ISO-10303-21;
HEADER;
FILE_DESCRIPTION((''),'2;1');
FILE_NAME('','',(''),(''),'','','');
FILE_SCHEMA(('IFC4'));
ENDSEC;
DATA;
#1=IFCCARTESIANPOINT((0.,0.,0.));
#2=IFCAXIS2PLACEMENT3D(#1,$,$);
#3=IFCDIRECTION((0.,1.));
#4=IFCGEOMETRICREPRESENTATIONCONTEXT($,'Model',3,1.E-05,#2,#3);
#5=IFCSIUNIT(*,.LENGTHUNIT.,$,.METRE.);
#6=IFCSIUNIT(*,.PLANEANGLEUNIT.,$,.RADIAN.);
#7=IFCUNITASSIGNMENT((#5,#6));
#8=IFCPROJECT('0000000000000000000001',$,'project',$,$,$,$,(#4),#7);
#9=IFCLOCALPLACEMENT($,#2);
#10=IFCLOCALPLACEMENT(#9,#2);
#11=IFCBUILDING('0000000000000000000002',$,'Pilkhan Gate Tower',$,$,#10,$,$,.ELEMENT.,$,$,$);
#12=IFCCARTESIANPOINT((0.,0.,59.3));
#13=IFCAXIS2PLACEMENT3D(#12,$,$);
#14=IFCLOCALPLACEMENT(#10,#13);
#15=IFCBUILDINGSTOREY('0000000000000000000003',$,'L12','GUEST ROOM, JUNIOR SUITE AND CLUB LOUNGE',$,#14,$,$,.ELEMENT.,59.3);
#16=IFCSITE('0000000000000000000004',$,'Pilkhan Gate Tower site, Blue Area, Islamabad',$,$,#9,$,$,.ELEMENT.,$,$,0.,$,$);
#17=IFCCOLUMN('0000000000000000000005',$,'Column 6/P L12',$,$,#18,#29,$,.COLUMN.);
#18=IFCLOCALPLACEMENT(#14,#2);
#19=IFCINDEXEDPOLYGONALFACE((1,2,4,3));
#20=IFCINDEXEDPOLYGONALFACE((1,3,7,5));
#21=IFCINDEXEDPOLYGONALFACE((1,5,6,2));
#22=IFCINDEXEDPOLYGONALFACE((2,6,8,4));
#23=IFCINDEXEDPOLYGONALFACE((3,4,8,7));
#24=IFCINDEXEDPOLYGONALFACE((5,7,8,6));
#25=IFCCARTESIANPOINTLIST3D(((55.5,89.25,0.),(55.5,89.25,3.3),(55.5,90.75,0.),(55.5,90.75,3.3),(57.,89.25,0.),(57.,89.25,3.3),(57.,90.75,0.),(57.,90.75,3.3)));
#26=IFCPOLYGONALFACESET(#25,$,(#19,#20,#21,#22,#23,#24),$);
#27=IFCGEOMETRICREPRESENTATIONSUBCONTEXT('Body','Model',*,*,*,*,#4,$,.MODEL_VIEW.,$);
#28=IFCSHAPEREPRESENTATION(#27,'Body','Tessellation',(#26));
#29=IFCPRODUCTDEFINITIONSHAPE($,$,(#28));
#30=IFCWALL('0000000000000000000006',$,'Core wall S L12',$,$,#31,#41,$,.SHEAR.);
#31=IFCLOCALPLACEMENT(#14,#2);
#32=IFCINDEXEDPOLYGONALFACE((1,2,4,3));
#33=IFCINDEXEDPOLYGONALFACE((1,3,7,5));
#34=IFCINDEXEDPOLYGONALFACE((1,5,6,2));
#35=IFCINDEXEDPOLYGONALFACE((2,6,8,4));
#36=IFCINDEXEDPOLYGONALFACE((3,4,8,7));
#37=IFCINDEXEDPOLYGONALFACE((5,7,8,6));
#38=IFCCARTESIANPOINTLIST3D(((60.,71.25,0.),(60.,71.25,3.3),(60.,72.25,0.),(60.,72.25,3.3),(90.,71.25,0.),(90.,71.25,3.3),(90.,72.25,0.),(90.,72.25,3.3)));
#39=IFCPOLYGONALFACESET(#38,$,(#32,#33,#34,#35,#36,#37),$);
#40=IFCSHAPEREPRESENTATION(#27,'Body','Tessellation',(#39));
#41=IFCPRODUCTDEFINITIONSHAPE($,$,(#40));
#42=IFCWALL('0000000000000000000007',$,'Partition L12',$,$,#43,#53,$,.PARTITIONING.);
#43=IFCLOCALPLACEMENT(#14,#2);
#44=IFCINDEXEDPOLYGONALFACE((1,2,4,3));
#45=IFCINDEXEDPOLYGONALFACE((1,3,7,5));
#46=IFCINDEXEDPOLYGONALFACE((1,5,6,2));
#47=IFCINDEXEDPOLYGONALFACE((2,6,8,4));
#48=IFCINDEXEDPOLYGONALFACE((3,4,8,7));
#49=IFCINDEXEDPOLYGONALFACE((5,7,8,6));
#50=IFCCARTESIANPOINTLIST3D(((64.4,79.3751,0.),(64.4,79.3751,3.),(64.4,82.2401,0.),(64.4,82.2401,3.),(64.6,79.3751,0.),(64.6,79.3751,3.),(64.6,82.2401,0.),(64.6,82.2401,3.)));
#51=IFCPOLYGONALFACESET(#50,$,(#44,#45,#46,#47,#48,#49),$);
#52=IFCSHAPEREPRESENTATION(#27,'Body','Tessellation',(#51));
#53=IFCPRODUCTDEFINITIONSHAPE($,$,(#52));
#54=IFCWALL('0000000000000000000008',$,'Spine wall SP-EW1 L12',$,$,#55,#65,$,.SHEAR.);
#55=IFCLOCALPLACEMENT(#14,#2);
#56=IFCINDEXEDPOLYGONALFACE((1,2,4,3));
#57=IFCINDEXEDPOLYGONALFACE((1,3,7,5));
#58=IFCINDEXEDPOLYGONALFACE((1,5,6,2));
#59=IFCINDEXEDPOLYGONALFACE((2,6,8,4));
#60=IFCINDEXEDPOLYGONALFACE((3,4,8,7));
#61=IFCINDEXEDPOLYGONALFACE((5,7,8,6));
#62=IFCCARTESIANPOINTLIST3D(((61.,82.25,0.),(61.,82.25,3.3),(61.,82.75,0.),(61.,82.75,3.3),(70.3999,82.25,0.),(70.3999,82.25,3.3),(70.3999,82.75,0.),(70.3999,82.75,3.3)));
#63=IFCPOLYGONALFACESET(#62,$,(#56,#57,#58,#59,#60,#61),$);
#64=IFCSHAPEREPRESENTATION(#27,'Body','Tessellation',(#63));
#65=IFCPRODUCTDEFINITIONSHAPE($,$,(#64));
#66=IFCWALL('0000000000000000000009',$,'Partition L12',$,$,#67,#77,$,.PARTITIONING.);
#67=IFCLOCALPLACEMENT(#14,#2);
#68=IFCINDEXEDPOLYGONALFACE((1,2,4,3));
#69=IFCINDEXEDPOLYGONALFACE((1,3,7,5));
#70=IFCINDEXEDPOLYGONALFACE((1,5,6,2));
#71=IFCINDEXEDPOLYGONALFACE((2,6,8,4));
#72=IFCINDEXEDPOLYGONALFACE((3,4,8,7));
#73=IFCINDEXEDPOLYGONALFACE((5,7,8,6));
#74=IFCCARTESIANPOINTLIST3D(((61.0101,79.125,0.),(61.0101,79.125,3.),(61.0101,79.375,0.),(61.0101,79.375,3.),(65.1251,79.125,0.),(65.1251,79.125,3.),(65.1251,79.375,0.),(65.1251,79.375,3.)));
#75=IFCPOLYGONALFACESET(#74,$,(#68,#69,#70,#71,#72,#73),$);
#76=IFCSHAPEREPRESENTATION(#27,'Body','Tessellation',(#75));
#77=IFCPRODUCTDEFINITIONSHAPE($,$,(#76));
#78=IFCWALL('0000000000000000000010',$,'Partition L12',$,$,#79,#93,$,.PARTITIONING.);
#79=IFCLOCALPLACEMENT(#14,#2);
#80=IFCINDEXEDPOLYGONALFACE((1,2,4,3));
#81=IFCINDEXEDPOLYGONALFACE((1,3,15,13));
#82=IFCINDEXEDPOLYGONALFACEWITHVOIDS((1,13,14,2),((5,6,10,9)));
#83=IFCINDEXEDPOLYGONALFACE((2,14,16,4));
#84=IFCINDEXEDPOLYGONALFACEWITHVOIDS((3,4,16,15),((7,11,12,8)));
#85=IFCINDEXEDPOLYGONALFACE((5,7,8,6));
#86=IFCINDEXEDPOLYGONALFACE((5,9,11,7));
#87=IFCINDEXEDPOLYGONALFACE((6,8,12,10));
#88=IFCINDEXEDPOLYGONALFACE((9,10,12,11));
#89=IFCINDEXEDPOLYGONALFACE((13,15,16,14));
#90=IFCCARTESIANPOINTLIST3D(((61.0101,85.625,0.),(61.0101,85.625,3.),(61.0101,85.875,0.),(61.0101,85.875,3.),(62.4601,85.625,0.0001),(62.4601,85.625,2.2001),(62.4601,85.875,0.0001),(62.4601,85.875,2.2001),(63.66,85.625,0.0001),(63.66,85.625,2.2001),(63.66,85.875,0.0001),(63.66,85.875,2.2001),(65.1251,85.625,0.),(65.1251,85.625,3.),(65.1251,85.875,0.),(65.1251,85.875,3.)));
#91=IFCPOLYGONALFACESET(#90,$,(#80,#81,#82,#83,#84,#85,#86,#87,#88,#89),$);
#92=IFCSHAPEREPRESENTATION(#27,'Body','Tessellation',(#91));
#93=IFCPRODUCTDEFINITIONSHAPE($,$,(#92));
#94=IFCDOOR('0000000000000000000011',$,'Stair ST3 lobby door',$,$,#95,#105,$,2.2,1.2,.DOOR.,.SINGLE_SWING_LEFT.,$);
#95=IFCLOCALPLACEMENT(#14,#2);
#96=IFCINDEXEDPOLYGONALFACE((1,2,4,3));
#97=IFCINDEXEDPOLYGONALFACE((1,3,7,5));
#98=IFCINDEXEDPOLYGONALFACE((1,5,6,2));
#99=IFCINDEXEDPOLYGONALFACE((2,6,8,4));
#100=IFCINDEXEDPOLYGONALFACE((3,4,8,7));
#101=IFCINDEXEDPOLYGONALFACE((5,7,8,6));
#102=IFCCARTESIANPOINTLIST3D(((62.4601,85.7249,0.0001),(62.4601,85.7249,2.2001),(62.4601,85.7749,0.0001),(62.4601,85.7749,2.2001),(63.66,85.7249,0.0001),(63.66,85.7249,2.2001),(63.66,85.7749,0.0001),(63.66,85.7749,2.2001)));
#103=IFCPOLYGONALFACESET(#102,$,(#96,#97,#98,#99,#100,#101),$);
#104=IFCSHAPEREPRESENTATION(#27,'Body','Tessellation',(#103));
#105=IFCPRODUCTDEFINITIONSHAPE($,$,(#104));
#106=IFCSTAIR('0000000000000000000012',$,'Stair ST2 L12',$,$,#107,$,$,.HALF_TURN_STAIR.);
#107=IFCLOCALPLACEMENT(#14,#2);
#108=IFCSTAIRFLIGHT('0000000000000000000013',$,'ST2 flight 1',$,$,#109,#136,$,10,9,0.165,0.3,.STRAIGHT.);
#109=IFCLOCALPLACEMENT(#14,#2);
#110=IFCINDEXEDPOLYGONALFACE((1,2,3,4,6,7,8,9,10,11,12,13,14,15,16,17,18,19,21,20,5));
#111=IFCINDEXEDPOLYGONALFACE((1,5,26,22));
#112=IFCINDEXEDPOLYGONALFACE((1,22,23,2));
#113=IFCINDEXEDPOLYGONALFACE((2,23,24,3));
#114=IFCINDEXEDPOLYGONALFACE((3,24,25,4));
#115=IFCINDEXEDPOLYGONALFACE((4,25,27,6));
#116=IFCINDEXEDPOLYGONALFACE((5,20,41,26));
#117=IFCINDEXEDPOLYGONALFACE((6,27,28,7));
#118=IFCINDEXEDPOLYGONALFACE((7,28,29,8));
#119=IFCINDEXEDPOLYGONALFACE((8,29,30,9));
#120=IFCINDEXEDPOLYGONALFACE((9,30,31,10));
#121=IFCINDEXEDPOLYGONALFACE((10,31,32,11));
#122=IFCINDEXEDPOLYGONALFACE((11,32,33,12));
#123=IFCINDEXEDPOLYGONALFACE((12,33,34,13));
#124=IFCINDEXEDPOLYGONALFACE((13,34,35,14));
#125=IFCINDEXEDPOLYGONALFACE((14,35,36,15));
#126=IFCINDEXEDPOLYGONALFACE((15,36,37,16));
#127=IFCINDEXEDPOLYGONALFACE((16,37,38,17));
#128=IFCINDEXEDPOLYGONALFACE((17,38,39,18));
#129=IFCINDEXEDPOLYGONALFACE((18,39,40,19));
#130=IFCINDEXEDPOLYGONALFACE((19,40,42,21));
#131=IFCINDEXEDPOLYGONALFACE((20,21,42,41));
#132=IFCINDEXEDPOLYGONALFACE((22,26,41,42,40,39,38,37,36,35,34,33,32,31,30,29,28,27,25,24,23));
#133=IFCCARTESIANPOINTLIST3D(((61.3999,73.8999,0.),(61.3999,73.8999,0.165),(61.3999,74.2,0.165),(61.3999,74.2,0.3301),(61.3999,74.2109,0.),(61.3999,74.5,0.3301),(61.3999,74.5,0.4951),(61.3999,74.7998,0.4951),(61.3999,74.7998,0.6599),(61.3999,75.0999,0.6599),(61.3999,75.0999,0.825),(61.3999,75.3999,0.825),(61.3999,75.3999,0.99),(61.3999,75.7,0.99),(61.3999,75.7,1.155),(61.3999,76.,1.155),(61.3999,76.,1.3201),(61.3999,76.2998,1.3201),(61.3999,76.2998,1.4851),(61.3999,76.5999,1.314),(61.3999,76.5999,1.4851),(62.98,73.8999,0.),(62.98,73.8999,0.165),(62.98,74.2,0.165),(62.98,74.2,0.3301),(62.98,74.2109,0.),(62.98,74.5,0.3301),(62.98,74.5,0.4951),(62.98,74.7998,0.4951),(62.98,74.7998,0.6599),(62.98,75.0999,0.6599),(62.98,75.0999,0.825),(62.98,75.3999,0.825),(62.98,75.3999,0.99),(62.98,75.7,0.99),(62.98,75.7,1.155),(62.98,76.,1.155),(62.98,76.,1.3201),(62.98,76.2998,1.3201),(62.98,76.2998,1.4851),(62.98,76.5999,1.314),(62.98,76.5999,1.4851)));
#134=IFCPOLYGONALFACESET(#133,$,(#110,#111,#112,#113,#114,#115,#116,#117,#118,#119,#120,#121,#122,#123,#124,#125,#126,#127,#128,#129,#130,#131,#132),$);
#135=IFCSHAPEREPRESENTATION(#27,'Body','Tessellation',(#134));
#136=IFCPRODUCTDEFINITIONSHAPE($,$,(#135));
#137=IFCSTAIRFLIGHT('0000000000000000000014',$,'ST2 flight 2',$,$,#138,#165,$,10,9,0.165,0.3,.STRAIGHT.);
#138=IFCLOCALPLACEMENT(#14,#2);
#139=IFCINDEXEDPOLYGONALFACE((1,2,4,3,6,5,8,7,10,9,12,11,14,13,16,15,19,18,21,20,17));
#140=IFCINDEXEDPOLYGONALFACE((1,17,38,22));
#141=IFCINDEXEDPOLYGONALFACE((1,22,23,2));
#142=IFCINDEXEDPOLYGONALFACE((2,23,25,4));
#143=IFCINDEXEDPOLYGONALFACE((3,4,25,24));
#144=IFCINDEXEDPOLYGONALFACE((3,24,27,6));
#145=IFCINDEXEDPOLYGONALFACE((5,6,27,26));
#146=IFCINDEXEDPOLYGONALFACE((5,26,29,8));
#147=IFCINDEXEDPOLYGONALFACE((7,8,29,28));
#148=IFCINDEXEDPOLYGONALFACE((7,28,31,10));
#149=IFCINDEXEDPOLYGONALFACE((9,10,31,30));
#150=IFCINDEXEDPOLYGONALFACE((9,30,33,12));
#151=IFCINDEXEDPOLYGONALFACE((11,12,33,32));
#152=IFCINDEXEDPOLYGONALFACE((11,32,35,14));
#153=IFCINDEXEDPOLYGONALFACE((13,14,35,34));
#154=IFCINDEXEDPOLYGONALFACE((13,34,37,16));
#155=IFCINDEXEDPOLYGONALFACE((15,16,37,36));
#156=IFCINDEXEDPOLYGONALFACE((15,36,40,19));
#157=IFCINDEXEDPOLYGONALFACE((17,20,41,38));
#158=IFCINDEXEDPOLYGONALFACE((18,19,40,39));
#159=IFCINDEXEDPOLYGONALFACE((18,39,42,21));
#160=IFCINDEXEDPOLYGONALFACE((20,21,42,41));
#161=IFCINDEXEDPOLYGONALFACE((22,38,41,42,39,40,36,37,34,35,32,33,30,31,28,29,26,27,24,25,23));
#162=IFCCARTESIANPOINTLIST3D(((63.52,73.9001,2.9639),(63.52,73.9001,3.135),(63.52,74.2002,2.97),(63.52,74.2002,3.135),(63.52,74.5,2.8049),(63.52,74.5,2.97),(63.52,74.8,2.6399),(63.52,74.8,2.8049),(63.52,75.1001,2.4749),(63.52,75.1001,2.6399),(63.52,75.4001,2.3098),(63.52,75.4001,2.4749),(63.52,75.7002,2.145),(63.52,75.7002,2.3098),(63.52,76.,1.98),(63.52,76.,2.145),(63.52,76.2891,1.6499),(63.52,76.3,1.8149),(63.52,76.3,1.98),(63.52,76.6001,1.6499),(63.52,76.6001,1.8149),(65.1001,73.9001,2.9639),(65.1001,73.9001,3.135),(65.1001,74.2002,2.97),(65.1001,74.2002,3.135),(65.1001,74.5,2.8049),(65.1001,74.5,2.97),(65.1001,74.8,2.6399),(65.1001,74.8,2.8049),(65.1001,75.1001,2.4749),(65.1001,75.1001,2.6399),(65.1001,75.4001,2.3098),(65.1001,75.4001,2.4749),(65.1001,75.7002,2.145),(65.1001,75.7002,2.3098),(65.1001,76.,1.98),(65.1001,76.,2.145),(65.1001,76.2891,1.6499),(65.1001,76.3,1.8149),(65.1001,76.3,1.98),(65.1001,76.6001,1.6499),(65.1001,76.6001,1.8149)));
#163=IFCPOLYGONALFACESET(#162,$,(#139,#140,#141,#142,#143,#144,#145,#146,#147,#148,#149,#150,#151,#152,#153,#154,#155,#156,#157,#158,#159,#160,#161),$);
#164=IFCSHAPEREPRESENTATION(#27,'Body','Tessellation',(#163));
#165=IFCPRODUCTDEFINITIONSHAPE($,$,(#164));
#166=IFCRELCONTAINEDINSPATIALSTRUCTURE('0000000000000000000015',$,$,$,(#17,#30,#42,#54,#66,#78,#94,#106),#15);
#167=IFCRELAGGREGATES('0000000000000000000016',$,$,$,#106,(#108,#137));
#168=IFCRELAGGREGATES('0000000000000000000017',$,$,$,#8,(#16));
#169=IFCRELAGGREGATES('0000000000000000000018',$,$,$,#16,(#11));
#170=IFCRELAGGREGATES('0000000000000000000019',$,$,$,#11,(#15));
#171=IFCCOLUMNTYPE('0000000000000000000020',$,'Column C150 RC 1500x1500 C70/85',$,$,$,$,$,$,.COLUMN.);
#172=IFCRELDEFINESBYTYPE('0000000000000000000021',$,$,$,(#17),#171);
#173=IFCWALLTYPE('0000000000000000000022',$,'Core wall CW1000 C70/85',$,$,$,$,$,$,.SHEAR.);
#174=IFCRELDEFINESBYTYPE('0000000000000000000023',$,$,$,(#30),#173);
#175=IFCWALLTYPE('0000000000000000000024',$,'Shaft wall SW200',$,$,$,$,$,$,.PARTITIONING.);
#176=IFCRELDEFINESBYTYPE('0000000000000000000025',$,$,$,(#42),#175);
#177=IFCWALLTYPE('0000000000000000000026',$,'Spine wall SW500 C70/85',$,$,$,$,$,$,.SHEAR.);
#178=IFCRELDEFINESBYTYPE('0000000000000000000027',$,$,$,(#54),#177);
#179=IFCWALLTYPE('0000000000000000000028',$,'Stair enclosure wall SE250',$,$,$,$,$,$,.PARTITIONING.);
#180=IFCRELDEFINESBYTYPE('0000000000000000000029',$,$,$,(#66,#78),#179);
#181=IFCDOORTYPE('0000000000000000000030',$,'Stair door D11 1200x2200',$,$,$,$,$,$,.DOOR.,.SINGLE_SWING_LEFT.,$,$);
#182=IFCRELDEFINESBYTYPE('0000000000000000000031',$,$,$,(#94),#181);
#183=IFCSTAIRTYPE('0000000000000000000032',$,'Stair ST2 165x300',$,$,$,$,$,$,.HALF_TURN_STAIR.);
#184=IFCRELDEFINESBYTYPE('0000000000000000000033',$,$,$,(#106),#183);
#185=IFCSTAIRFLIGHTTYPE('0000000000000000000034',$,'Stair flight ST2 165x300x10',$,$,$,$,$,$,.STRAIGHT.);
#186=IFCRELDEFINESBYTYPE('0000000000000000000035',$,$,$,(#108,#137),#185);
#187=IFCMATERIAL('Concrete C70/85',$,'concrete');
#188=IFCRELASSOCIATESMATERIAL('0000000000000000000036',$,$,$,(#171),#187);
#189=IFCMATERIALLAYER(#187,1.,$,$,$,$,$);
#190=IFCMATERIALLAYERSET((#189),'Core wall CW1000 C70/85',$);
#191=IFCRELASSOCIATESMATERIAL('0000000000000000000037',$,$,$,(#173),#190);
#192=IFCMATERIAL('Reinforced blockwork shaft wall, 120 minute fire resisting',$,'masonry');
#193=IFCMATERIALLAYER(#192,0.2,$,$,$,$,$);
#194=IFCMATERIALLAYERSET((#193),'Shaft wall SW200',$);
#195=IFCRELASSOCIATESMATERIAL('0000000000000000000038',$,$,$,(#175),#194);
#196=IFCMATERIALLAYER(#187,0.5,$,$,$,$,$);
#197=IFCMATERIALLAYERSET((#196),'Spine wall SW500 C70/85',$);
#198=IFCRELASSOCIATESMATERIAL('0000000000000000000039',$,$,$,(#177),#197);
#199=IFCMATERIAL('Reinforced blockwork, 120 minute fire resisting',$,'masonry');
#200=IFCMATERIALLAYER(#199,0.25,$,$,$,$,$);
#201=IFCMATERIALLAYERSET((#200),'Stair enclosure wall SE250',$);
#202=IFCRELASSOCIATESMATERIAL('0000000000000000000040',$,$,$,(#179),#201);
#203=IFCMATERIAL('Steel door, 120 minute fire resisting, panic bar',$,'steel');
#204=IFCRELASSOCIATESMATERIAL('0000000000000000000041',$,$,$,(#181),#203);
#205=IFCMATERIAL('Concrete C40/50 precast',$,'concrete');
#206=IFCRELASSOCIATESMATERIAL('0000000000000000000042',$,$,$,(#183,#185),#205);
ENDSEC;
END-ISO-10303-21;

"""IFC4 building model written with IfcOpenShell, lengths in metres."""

from ifc_helpers import new_model, si_unit, direction, frame, frame_2d, origin, origin_2d, place, context, subcontext, project, spatial, polyline, rectangle, outline, extrude, material, layer, layer_set, material_profile, profile_set, type_object, element, fill, aggregate, save


model = new_model("IFC4")

# Units and contexts
model_context = context("Model", 3, precision=1e-05, world=origin(), true_north=direction((0.0, 1.0)))
body_context = subcontext(model_context, "Body", "Model", "MODEL_VIEW")
ifc_project = project(units=[si_unit("LENGTHUNIT", "METRE"), si_unit("PLANEANGLEUNIT", "RADIAN")], contexts=[model_context])

# Site, building, storey
site_placement = place(None, origin())
site = spatial("IfcSite", under=ifc_project, at=site_placement, Name="Pilkhan Gate Tower site, Blue Area, Islamabad", CompositionType="ELEMENT", RefElevation=0.0)
building_placement = place(site_placement, origin())
building = spatial("IfcBuilding", under=site, at=building_placement, Name="Pilkhan Gate Tower", CompositionType="ELEMENT")
storey_placement = place(building_placement, frame((0.0, 0.0, 59.3)))
storey = spatial("IfcBuildingStorey", under=building, at=storey_placement, Name="L12", Description="GUEST ROOM, JUNIOR SUITE AND CLUB LOUNGE", CompositionType="ELEMENT", Elevation=59.3)

# Column
ifc_material_1 = material(Name="Concrete C70/85", Category="concrete")
ifc_material_profile = material_profile(ifc_material_1, rectangle(XDim=1.5, YDim=1.5, at=origin_2d()), Name="RC 1500x1500")
ifc_profile_set = profile_set([ifc_material_profile], Name="Concrete C70/85")
column_type = type_object("IfcColumnType", Name="Column C150 RC 1500x1500 C70/85", PredefinedType="COLUMN", material=ifc_profile_set)
column_placement = place(storey_placement, frame((56.25, 90.0, 0.0), z_axis=(0.0, 0.0, 1.0), x_axis=(1.0, 0.0, 0.0)))
element("IfcColumn", 1, at=column_placement, inside=storey, type_object=column_type, Name="Column 6/P L12", PredefinedType="COLUMN", context=body_context, shape_type="SweptSolid", body=[
    extrude(rectangle(XDim=1.5, YDim=1.5, at=origin_2d()), origin(), (0.0, 0.0, 1.0), 3.3),
])

# Walls
ifc_layer_1 = layer(ifc_material_1, 1.0)
ifc_layer_set_1 = layer_set([ifc_layer_1], Name="Core wall CW1000 C70/85")
wall_type_1 = type_object("IfcWallType", Name="Core wall CW1000 C70/85", PredefinedType="SHEAR", material=ifc_layer_set_1)
wall_1_placement = place(storey_placement, frame((60.0, 71.75, 0.0), z_axis=(0.0, 0.0, 1.0), x_axis=(1.0, 0.0, 0.0)))
element("IfcWall", 2, at=wall_1_placement, inside=storey, type_object=wall_type_1, Name="Core wall S L12", PredefinedType="SHEAR", context=body_context, shape_type="SweptSolid", body=[
    extrude(rectangle(XDim=30.0, YDim=1.0, at=frame_2d((15.0, 0.0))), origin(), (0.0, 0.0, 1.0), 3.3),
])
ifc_material_2 = material(Name="Reinforced blockwork shaft wall, 120 minute fire resisting", Category="masonry")
ifc_layer_2 = layer(ifc_material_2, 0.2)
ifc_layer_set_2 = layer_set([ifc_layer_2], Name="Shaft wall SW200")
wall_type_2 = type_object("IfcWallType", Name="Shaft wall SW200", PredefinedType="PARTITIONING", material=ifc_layer_set_2)
wall_2_placement = place(storey_placement, frame((64.5, 79.375, 0.0), z_axis=(0.0, 0.0, 1.0), x_axis=(0.0, 1.0, 0.0)))
element("IfcWall", 3, at=wall_2_placement, inside=storey, type_object=wall_type_2, Name="Partition L12", PredefinedType="PARTITIONING", context=body_context, shape_type="SweptSolid", body=[
    extrude(rectangle(XDim=2.865, YDim=0.2, at=frame_2d((1.4326, 0.0))), origin(), (0.0, 0.0, 1.0), 3.0),
])
ifc_layer_3 = layer(ifc_material_1, 0.5)
ifc_layer_set_3 = layer_set([ifc_layer_3], Name="Spine wall SW500 C70/85")
wall_type_3 = type_object("IfcWallType", Name="Spine wall SW500 C70/85", PredefinedType="SHEAR", material=ifc_layer_set_3)
wall_3_placement = place(storey_placement, frame((61.0, 82.5, 0.0), z_axis=(0.0, 0.0, 1.0), x_axis=(1.0, 0.0, 0.0)))
element("IfcWall", 4, at=wall_3_placement, inside=storey, type_object=wall_type_3, Name="Spine wall SP-EW1 L12", PredefinedType="SHEAR", context=body_context, shape_type="SweptSolid", body=[
    extrude(rectangle(XDim=9.3999, YDim=0.5, at=frame_2d((4.7, 0.0))), origin(), (0.0, 0.0, 1.0), 3.3),
])
ifc_material_3 = material(Name="Reinforced blockwork, 120 minute fire resisting", Category="masonry")
ifc_layer_4 = layer(ifc_material_3, 0.25)
ifc_layer_set_4 = layer_set([ifc_layer_4], Name="Stair enclosure wall SE250")
wall_type_4 = type_object("IfcWallType", Name="Stair enclosure wall SE250", PredefinedType="PARTITIONING", material=ifc_layer_set_4)
wall_4_placement = place(storey_placement, frame((61.01, 79.25, 0.0), z_axis=(0.0, 0.0, 1.0), x_axis=(1.0, 0.0, 0.0)))
element("IfcWall", 5, at=wall_4_placement, inside=storey, type_object=wall_type_4, Name="Partition L12", PredefinedType="PARTITIONING", context=body_context, shape_type="SweptSolid", body=[
    extrude(rectangle(XDim=4.115, YDim=0.25, at=frame_2d((2.0576, 0.0))), origin(), (0.0, 0.0, 1.0), 3.0),
])

# Wall, opening, door
wall_5_placement = place(storey_placement, frame((61.01, 85.75, 0.0), z_axis=(0.0, 0.0, 1.0), x_axis=(1.0, 0.0, 0.0)))
wall_5 = element("IfcWall", 6, at=wall_5_placement, inside=storey, type_object=wall_type_4, Name="Partition L12", PredefinedType="PARTITIONING", context=body_context, shape_type="SweptSolid", body=[
    extrude(rectangle(XDim=4.115, YDim=0.25, at=frame_2d((2.0576, 0.0))), origin(), (0.0, 0.0, 1.0), 3.0),
])
opening_placement = place(wall_5_placement, frame((1.45, 0.0, 0.0)))
opening = element("IfcOpeningElement", 7, at=opening_placement, cuts=wall_5, PredefinedType="OPENING", context=body_context, shape_type="SweptSolid", body=[
    extrude(rectangle(XDim=1.2, YDim=2.2, at=frame_2d((0.6001, 1.1001))), frame((0.0, 0.135, 0.0), z_axis=(0.0, -1.0, 0.0), x_axis=(1.0, 0.0, 0.0)), (0.0, 0.0, 1.0), 0.27),
])
ifc_material_4 = material(Name="Steel door, 120 minute fire resisting, panic bar", Category="steel")
door_type = type_object("IfcDoorType", Name="Stair door D11 1200x2200", OperationType="SINGLE_SWING_LEFT", PredefinedType="DOOR", material=ifc_material_4)
door_placement = place(opening_placement, origin())
door = element("IfcDoor", 8, at=door_placement, inside=storey, type_object=door_type, Name="Stair ST3 lobby door", OperationType="SINGLE_SWING_LEFT", OverallHeight=2.2, OverallWidth=1.2, PredefinedType="DOOR", context=body_context, shape_type="SweptSolid", body=[
    extrude(rectangle(XDim=1.2, YDim=2.2, at=frame_2d((0.6001, 1.1001))), frame((0.0, 0.0249, 0.0), z_axis=(0.0, -1.0, 0.0), x_axis=(1.0, 0.0, 0.0)), (0.0, 0.0, 1.0), 0.05),
])
fill(opening, door)

# Stair, stair flights
ifc_material_5 = material(Name="Concrete C40/50 precast", Category="concrete")
stair_type_1 = type_object("IfcStairType", Name="Stair ST2 165x300", PredefinedType="HALF_TURN_STAIR", material=ifc_material_5)
stair_1_placement = place(storey_placement, origin())
stair_1 = element("IfcStair", 9, at=stair_1_placement, inside=storey, type_object=stair_type_1, Name="Stair ST2 L12", PredefinedType="HALF_TURN_STAIR")
stair_flight_type_1 = type_object("IfcStairFlightType", Name="Stair flight ST2 165x300x10", PredefinedType="STRAIGHT", material=ifc_material_5)
stair_flight_1_placement = place(storey_placement, frame((62.1899, 73.8999, 0.0), z_axis=(0.0, 0.0, 1.0), x_axis=(0.0, 1.0, 0.0)))
stair_flight_1 = element("IfcStairFlight", 10, at=stair_flight_1_placement, type_object=stair_flight_type_1, Name="ST2 flight 1", NumberOfRisers=10, NumberOfTreads=9, PredefinedType="STRAIGHT", RiserHeight=0.165, TreadLength=0.3, context=body_context, shape_type="SweptSolid", body=[
    extrude(outline(polyline([(0.0, 0.0), (0.0, 0.165), (0.3, 0.165), (0.3, 0.3301), (0.6001, 0.3301), (0.6001, 0.4951), (0.8999, 0.4951), (0.8999, 0.6599), (1.2, 0.6599), (1.2, 0.825), (1.5, 0.825), (1.5, 0.99), (1.8, 0.99), (1.8, 1.155), (2.1001, 1.155), (2.1001, 1.3201), (2.3999, 1.3201), (2.3999, 1.4851), (2.7, 1.4851), (2.7, 1.6499), (2.7, 1.314), (0.311, 0.0), (0.0, 0.0)])), frame((0.0, 0.79, 0.0), z_axis=(0.0, -1.0, 0.0), x_axis=(1.0, 0.0, 0.0)), (0.0, 0.0, 1.0), 1.5801),
])
stair_flight_2_placement = place(storey_placement, frame((64.3101, 76.6001, 1.6499), z_axis=(0.0, 0.0, 1.0), x_axis=(0.0, -1.0, 0.0)))
stair_flight_2 = element("IfcStairFlight", 11, at=stair_flight_2_placement, type_object=stair_flight_type_1, Name="ST2 flight 2", NumberOfRisers=10, NumberOfTreads=9, PredefinedType="STRAIGHT", RiserHeight=0.165, TreadLength=0.3, context=body_context, shape_type="SweptSolid", body=[
    extrude(outline(polyline([(0.0, 0.0), (0.0, 0.165), (0.3, 0.165), (0.3, 0.3301), (0.6001, 0.3301), (0.6001, 0.4951), (0.8999, 0.4951), (0.8999, 0.6599), (1.2, 0.6599), (1.2, 0.825), (1.5, 0.825), (1.5, 0.99), (1.8, 0.99), (1.8, 1.155), (2.1001, 1.155), (2.1001, 1.3201), (2.3999, 1.3201), (2.3999, 1.4851), (2.7, 1.4851), (2.7, 1.6499), (2.7, 1.314), (0.311, 0.0), (0.0, 0.0)])), frame((0.0, 0.79, 0.0), z_axis=(0.0, -1.0, 0.0), x_axis=(1.0, 0.0, 0.0)), (0.0, 0.0, 1.0), 1.5801),
])
aggregate(stair_1, [stair_flight_1, stair_flight_2])

save(model, "model.ifc")
